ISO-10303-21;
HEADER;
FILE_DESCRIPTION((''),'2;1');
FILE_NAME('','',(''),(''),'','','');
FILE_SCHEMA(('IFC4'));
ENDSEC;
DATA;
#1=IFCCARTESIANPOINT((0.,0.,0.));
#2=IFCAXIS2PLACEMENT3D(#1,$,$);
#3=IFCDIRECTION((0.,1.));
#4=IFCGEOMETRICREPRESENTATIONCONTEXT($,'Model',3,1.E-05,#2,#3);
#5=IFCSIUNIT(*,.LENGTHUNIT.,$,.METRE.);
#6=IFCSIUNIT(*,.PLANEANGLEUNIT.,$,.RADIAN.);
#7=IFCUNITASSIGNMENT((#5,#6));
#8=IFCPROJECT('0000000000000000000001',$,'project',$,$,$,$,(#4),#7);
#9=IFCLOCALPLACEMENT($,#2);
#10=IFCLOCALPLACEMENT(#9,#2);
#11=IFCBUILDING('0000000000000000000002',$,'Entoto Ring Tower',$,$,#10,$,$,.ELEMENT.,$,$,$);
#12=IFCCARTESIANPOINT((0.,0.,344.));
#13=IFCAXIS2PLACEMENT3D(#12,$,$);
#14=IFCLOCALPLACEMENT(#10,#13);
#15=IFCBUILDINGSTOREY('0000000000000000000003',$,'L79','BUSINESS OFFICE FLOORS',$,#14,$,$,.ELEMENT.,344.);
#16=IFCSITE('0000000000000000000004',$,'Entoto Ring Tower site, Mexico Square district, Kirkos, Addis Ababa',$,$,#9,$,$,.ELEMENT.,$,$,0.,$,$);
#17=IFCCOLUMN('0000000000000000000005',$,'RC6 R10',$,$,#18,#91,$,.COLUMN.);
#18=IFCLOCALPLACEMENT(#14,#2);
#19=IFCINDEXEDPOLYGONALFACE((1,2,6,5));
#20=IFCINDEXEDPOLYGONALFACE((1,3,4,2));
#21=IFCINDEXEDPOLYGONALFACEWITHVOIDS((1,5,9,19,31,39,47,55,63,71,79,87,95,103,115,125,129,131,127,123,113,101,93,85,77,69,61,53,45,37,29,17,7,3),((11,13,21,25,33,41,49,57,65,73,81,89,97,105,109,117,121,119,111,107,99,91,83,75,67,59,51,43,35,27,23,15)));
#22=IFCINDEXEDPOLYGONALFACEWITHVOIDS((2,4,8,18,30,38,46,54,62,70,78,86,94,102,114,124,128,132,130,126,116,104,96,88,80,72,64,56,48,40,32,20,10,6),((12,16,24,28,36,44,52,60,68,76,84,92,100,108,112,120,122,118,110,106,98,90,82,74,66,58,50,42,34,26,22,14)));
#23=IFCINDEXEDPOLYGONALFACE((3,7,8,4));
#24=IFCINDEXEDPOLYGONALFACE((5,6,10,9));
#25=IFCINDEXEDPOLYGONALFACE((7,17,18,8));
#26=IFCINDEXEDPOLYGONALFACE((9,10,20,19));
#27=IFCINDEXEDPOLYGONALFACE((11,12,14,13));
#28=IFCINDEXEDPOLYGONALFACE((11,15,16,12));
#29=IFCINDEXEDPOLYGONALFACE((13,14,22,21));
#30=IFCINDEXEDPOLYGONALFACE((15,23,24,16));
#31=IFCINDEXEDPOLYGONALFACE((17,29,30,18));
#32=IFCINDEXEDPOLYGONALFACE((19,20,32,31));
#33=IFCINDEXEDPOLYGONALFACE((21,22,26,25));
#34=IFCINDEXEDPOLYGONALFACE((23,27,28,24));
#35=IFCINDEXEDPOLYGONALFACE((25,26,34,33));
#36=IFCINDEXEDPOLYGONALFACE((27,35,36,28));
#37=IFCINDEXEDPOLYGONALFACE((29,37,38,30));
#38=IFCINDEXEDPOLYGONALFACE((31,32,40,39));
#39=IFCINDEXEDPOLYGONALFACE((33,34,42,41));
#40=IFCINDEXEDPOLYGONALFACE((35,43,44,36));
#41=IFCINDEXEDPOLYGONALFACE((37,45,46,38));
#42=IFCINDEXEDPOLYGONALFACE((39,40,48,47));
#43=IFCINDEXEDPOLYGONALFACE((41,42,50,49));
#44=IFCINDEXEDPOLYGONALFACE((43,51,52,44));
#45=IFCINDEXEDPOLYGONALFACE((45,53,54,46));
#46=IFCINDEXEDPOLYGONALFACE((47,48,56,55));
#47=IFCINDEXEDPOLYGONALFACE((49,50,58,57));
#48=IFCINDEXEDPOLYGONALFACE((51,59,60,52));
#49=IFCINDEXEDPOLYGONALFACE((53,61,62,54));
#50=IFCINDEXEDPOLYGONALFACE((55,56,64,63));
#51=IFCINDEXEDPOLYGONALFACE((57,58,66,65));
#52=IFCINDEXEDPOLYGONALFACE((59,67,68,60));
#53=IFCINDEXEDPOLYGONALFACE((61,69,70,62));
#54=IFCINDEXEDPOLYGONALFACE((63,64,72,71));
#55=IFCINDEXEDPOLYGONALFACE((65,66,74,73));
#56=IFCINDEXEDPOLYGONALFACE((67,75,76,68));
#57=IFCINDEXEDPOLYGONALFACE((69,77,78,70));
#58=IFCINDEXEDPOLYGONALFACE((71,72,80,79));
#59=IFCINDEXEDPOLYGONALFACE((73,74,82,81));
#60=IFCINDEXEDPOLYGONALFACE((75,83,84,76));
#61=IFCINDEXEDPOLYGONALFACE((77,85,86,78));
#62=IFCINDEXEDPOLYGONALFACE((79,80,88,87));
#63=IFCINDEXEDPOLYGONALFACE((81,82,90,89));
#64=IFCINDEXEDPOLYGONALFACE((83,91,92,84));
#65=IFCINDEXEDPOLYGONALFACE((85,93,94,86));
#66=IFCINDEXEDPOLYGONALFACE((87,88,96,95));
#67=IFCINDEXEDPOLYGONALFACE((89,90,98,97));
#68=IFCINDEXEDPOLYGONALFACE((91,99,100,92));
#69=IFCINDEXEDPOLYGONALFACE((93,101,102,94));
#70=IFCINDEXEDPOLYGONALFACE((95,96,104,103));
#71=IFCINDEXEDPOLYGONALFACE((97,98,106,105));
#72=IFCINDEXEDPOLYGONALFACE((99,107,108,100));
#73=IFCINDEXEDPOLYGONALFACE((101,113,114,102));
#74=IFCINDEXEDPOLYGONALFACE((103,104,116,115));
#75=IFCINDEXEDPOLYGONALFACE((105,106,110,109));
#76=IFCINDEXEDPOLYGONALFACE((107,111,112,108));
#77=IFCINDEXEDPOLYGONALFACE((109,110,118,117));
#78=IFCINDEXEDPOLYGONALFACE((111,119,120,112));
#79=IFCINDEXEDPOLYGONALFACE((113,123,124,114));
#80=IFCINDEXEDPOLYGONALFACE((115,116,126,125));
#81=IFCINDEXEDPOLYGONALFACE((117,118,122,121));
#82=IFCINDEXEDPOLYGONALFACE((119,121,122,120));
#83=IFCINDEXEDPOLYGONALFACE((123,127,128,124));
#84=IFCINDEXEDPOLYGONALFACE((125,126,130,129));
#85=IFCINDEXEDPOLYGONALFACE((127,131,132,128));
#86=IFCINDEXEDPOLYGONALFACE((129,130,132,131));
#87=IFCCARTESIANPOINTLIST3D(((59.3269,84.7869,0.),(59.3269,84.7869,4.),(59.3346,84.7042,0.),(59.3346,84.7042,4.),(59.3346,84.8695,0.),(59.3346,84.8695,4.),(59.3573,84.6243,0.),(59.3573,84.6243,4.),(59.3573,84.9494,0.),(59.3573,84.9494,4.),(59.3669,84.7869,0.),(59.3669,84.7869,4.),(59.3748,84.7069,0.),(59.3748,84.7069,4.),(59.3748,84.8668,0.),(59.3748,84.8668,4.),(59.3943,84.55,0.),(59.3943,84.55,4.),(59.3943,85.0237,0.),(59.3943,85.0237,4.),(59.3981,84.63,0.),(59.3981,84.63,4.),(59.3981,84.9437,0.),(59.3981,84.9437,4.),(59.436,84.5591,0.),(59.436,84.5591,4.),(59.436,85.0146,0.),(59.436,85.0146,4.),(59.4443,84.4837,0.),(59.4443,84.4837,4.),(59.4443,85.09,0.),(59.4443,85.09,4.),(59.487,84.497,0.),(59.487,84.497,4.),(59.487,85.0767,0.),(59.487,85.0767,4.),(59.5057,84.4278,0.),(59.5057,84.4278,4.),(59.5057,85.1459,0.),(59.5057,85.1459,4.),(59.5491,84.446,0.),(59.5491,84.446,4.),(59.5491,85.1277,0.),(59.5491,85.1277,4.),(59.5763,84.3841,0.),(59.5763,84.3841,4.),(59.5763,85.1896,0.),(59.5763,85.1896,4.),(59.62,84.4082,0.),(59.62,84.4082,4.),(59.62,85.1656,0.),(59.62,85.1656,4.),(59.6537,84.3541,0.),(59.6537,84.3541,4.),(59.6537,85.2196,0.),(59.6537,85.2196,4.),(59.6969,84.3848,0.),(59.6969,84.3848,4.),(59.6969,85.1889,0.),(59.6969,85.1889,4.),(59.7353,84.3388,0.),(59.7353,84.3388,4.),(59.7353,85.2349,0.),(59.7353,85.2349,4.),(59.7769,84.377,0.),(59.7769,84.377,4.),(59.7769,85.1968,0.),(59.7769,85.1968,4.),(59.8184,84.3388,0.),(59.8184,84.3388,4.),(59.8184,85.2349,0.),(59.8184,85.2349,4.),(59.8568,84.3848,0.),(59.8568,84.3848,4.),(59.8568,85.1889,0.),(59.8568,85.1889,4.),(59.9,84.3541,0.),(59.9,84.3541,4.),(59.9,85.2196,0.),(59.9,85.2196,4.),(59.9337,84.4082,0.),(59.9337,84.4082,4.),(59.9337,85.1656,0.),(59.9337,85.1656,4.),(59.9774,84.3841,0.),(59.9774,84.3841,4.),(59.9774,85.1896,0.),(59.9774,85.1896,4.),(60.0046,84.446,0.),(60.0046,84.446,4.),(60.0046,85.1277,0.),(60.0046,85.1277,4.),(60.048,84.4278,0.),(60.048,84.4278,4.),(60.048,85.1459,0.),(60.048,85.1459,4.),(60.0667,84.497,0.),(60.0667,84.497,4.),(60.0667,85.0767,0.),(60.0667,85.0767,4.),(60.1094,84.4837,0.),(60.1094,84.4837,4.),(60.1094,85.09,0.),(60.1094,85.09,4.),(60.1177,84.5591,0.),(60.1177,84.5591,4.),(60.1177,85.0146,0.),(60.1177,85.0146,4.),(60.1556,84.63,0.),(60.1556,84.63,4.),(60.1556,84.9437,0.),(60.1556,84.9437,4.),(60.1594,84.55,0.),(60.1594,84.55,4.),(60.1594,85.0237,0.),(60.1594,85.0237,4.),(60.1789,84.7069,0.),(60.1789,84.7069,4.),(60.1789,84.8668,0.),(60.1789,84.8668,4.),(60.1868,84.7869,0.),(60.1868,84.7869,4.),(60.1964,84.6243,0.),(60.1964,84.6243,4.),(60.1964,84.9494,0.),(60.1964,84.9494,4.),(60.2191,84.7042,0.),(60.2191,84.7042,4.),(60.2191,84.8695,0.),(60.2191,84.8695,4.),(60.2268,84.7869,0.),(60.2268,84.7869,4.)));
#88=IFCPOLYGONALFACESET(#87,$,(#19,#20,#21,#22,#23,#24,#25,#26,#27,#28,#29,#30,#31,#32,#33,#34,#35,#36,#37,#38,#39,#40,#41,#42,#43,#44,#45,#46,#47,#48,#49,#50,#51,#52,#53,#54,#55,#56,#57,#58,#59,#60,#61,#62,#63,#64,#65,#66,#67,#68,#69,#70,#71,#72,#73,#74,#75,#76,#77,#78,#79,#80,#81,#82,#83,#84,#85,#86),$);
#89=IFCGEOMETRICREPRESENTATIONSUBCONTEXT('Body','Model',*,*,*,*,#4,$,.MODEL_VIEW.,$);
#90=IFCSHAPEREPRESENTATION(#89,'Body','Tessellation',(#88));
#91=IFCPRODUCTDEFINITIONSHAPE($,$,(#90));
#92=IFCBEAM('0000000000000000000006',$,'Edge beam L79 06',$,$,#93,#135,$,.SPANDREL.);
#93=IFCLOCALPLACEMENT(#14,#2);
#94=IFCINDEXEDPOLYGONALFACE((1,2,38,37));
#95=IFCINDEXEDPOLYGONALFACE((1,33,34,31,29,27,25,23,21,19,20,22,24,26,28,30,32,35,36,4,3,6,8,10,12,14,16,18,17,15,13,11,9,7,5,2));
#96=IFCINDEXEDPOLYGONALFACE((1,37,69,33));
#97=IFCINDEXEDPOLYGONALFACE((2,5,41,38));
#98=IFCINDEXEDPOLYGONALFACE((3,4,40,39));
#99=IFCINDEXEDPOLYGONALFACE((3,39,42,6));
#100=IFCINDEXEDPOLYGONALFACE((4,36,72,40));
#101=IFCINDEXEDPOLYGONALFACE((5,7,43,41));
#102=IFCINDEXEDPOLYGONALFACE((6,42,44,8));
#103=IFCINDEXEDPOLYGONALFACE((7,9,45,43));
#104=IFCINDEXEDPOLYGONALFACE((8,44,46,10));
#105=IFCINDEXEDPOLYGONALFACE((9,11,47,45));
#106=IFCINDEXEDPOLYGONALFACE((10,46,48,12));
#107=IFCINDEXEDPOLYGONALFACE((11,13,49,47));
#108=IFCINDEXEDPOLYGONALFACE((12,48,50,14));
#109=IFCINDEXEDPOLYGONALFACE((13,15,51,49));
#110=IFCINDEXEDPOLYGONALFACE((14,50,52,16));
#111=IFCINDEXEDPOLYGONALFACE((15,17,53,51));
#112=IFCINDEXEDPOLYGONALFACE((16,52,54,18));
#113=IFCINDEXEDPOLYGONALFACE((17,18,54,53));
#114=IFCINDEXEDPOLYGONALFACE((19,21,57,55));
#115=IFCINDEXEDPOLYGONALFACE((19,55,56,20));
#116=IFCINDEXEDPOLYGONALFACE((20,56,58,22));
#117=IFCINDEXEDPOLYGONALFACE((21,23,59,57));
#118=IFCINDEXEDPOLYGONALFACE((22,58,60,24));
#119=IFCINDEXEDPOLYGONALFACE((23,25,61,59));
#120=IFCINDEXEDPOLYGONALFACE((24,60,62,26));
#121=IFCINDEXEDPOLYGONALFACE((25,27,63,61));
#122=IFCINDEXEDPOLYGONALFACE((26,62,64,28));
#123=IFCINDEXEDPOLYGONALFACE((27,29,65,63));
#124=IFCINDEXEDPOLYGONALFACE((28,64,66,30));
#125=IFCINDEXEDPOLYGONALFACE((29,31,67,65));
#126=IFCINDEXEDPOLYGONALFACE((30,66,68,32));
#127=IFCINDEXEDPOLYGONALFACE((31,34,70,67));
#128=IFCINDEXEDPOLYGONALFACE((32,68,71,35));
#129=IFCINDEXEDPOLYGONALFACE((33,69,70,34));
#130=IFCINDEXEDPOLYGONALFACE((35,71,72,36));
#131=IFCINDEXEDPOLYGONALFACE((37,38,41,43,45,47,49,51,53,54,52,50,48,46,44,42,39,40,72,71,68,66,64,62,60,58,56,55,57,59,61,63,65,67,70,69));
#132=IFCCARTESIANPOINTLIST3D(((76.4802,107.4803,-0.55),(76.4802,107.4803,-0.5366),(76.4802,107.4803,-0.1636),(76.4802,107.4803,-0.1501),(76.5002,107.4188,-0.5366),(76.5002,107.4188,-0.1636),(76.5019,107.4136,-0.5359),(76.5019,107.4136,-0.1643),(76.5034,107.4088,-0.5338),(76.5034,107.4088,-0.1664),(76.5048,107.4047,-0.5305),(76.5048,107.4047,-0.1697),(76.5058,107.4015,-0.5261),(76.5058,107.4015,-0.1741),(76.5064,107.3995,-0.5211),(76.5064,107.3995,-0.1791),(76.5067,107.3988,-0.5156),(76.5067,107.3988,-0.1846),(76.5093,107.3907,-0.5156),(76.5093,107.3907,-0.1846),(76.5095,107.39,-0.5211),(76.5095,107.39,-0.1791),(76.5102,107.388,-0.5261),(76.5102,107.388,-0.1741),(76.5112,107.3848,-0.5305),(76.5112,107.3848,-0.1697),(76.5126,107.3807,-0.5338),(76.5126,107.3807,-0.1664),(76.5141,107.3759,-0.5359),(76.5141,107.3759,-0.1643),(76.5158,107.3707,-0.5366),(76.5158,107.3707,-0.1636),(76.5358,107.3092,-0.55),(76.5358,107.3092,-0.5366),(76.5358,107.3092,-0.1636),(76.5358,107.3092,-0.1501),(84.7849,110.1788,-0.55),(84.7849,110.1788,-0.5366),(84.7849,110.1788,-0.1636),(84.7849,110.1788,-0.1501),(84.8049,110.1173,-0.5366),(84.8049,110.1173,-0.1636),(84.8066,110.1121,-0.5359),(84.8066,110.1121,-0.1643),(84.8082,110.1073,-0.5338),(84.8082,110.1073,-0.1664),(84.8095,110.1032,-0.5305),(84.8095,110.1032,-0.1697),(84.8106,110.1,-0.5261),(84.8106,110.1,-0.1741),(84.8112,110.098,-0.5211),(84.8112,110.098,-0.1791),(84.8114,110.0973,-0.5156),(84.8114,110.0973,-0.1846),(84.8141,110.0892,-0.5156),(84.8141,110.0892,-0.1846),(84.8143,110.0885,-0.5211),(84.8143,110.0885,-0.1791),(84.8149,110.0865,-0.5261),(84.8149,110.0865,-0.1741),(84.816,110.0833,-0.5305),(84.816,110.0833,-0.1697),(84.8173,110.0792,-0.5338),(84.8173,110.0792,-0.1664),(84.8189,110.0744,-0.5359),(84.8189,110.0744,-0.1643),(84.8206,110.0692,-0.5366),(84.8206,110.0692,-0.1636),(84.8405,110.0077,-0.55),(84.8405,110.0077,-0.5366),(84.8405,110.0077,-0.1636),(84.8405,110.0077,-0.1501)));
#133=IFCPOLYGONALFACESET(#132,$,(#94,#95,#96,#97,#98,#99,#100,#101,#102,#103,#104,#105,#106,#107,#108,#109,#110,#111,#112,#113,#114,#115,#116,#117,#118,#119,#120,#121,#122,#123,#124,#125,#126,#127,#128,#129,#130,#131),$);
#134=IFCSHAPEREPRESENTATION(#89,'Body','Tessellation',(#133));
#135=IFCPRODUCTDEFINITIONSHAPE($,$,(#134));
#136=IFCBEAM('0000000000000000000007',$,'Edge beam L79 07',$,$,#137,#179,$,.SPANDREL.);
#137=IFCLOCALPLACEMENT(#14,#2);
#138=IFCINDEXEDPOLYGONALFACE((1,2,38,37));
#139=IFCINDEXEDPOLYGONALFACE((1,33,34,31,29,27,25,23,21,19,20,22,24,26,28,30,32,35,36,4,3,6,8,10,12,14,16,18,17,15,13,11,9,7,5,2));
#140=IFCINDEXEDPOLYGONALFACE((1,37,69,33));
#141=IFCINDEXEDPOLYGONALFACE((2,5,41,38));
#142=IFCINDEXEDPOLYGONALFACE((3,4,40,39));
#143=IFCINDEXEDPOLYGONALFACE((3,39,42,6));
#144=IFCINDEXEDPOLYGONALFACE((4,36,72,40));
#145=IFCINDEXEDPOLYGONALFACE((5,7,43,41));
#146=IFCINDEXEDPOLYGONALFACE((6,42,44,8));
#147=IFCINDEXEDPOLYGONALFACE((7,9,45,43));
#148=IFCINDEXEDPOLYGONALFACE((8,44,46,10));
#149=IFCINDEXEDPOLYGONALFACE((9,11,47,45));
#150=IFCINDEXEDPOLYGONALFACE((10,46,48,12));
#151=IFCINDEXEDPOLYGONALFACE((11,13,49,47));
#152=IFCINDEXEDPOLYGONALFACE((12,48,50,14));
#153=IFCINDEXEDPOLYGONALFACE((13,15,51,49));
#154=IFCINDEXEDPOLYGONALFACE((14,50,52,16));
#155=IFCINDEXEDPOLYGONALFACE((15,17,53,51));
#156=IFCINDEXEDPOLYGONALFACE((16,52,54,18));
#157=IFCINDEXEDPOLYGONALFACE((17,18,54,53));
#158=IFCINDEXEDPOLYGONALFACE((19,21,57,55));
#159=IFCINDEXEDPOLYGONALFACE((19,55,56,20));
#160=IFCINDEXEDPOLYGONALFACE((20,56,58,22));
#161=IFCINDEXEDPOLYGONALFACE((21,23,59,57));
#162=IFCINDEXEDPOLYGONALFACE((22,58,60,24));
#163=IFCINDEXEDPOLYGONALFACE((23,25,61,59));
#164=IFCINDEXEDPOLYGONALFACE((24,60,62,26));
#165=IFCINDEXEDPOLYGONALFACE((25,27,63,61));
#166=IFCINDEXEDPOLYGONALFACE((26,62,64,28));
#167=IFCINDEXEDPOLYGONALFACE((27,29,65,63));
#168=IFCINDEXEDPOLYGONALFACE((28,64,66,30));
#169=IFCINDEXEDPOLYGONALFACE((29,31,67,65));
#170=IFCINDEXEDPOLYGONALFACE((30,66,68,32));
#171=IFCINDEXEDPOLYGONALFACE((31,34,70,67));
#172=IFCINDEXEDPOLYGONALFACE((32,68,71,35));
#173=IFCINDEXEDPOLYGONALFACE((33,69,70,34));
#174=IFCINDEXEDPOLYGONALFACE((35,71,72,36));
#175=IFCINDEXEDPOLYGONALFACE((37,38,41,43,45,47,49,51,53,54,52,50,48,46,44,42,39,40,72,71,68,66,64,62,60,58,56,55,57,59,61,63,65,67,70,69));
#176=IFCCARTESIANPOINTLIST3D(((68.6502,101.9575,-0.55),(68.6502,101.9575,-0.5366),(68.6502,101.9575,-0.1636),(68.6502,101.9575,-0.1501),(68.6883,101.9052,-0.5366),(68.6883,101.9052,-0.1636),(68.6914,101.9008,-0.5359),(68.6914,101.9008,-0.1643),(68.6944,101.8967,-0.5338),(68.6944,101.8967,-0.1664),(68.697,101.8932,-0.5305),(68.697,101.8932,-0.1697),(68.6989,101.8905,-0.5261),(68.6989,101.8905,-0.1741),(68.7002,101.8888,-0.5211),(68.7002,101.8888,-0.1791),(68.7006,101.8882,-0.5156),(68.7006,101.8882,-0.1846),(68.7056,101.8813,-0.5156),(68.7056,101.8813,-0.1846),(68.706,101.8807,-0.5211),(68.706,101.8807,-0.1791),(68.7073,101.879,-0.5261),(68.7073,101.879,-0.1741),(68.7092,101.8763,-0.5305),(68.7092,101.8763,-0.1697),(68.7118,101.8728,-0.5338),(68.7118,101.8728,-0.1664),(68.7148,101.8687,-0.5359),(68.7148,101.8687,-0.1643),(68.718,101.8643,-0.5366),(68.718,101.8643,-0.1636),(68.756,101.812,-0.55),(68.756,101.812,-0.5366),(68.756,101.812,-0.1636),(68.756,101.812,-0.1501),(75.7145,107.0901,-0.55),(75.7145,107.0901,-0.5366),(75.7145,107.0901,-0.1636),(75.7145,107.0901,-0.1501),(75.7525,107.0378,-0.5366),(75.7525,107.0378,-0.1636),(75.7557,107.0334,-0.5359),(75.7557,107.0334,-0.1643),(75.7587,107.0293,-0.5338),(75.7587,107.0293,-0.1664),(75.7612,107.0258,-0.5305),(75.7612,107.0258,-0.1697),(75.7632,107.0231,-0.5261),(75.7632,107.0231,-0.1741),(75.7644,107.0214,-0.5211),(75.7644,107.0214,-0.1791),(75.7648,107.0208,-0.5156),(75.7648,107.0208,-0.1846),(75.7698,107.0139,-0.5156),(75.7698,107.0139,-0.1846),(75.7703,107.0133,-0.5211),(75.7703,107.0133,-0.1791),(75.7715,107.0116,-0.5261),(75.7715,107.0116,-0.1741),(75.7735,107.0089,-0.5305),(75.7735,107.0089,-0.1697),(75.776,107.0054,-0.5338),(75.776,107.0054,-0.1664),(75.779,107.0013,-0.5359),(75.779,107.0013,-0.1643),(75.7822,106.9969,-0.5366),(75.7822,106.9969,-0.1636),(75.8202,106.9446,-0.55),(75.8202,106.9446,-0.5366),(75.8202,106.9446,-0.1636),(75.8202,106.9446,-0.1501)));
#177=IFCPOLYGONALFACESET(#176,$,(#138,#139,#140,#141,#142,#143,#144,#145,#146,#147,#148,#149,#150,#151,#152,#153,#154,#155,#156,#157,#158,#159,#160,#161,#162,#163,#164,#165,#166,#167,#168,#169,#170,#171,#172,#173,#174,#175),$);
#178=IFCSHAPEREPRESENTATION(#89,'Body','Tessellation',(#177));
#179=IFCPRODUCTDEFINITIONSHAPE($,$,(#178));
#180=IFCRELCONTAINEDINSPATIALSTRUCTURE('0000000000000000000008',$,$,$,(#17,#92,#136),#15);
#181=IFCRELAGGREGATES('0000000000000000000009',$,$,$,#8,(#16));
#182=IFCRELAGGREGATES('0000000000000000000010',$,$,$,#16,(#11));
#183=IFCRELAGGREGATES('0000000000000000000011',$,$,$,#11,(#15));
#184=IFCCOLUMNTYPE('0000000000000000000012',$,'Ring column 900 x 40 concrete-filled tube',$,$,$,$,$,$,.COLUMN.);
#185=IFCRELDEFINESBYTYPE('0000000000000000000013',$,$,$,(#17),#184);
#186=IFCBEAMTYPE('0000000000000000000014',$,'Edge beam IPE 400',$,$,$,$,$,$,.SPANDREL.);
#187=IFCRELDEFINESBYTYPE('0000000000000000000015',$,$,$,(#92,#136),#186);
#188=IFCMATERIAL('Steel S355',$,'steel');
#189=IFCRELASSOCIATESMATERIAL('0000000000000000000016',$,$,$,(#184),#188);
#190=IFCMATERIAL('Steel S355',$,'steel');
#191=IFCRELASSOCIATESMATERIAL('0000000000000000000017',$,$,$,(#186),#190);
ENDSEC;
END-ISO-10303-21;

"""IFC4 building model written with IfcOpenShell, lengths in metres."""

from ifc_helpers import new_model, si_unit, direction, frame, origin, origin_2d, place, context, subcontext, project, spatial, circle, hollow_circle, i_section, extrude, material, material_profile, profile_set, type_object, element, save


model = new_model("IFC4")

# Units and contexts
model_context = context("Model", 3, precision=1e-05, world=origin(), true_north=direction((0.0, 1.0)))
body_context = subcontext(model_context, "Body", "Model", "MODEL_VIEW")
ifc_project = project(units=[si_unit("LENGTHUNIT", "METRE"), si_unit("PLANEANGLEUNIT", "RADIAN")], contexts=[model_context])

# Site, building, storey
site_placement = place(None, origin())
site = spatial("IfcSite", under=ifc_project, at=site_placement, Name="Entoto Ring Tower site, Mexico Square district, Kirkos, Addis Ababa", CompositionType="ELEMENT", RefElevation=0.0)
building_placement = place(site_placement, origin())
building = spatial("IfcBuilding", under=site, at=building_placement, Name="Entoto Ring Tower", CompositionType="ELEMENT")
storey_placement = place(building_placement, frame((0.0, 0.0, 344.0)))
storey = spatial("IfcBuildingStorey", under=building, at=storey_placement, Name="L79", Description="BUSINESS OFFICE FLOORS", CompositionType="ELEMENT", Elevation=344.0)

# Column
ifc_material_1 = material(Name="Steel S355", Category="steel")
ifc_material_profile_1 = material_profile(ifc_material_1, hollow_circle(Radius=0.45, WallThickness=0.04, at=origin_2d()), Name="CHS 900 x 40")
ifc_material_2 = material(Name="Concrete C60/75", Category="concrete")
ifc_material_profile_2 = material_profile(ifc_material_2, circle(Radius=0.4099, at=origin_2d()), Name="Concrete C60/75 infill")
ifc_profile_set_1 = profile_set([ifc_material_profile_1, ifc_material_profile_2], Name="Steel S355")
column_type = type_object("IfcColumnType", Name="Ring column 900 x 40 concrete-filled tube", PredefinedType="COLUMN", material=ifc_profile_set_1)
for number, where, z_axis, x_axis, name in (
    (1, (59.7769, 84.7869, 0.0), (0.0, 0.0, 1.0), (1.0, 0.0, 0.0), "RC6 R10"),
):
    element("IfcColumn", number, at=place(storey_placement, frame(where, z_axis=z_axis, x_axis=x_axis)), inside=storey, type_object=column_type, Name=name, PredefinedType="COLUMN", context=body_context, shape_type="SweptSolid", body=[
        extrude(hollow_circle(Radius=0.45, WallThickness=0.04, at=origin_2d()), origin(), (0.0, 0.0, 1.0), 4.0),
    ])

# Beams
ifc_material_3 = material(Name="Steel S355", Category="steel")
ifc_material_profile_3 = material_profile(ifc_material_3, i_section(OverallWidth=0.1799, OverallDepth=0.3999, WebThickness=0.0085, FlangeThickness=0.0134, FilletRadius=0.021, at=origin_2d()), Name="IPE 400")
ifc_profile_set_2 = profile_set([ifc_material_profile_3], Name="Steel S355")
beam_type_1 = type_object("IfcBeamType", Name="Edge beam IPE 400", PredefinedType="SPANDREL", material=ifc_profile_set_2)
beam_1_placement = place(storey_placement, frame((84.8127, 110.0933, -0.3501), z_axis=(-0.951052, -0.30903, 0.0), x_axis=(0.30903, -0.951052, 0.0)))
element("IfcBeam", 2, at=beam_1_placement, inside=storey, type_object=beam_type_1, Name="Edge beam L79 06", PredefinedType="SPANDREL", context=body_context, shape_type="SweptSolid", body=[
    extrude(i_section(OverallWidth=0.1799, OverallDepth=0.3999, WebThickness=0.0085, FlangeThickness=0.0134, FilletRadius=0.021, at=origin_2d()), origin(), (0.0, 0.0, 1.0), 8.7322),
])
for number, where, z_axis, x_axis, name in (
    (3, (75.7673, 107.0173, -0.3501), (-0.80901, -0.587794, 0.0), (0.587794, -0.80901, 0.0), "Edge beam L79 07"),
):
    element("IfcBeam", number, at=place(storey_placement, frame(where, z_axis=z_axis, x_axis=x_axis)), inside=storey, type_object=beam_type_1, Name=name, PredefinedType="SPANDREL", context=body_context, shape_type="SweptSolid", body=[
        extrude(i_section(OverallWidth=0.1799, OverallDepth=0.3999, WebThickness=0.0085, FlangeThickness=0.0134, FilletRadius=0.021, at=origin_2d()), origin(), (0.0, 0.0, 1.0), 8.7319),
    ])

save(model, "model.ifc")
